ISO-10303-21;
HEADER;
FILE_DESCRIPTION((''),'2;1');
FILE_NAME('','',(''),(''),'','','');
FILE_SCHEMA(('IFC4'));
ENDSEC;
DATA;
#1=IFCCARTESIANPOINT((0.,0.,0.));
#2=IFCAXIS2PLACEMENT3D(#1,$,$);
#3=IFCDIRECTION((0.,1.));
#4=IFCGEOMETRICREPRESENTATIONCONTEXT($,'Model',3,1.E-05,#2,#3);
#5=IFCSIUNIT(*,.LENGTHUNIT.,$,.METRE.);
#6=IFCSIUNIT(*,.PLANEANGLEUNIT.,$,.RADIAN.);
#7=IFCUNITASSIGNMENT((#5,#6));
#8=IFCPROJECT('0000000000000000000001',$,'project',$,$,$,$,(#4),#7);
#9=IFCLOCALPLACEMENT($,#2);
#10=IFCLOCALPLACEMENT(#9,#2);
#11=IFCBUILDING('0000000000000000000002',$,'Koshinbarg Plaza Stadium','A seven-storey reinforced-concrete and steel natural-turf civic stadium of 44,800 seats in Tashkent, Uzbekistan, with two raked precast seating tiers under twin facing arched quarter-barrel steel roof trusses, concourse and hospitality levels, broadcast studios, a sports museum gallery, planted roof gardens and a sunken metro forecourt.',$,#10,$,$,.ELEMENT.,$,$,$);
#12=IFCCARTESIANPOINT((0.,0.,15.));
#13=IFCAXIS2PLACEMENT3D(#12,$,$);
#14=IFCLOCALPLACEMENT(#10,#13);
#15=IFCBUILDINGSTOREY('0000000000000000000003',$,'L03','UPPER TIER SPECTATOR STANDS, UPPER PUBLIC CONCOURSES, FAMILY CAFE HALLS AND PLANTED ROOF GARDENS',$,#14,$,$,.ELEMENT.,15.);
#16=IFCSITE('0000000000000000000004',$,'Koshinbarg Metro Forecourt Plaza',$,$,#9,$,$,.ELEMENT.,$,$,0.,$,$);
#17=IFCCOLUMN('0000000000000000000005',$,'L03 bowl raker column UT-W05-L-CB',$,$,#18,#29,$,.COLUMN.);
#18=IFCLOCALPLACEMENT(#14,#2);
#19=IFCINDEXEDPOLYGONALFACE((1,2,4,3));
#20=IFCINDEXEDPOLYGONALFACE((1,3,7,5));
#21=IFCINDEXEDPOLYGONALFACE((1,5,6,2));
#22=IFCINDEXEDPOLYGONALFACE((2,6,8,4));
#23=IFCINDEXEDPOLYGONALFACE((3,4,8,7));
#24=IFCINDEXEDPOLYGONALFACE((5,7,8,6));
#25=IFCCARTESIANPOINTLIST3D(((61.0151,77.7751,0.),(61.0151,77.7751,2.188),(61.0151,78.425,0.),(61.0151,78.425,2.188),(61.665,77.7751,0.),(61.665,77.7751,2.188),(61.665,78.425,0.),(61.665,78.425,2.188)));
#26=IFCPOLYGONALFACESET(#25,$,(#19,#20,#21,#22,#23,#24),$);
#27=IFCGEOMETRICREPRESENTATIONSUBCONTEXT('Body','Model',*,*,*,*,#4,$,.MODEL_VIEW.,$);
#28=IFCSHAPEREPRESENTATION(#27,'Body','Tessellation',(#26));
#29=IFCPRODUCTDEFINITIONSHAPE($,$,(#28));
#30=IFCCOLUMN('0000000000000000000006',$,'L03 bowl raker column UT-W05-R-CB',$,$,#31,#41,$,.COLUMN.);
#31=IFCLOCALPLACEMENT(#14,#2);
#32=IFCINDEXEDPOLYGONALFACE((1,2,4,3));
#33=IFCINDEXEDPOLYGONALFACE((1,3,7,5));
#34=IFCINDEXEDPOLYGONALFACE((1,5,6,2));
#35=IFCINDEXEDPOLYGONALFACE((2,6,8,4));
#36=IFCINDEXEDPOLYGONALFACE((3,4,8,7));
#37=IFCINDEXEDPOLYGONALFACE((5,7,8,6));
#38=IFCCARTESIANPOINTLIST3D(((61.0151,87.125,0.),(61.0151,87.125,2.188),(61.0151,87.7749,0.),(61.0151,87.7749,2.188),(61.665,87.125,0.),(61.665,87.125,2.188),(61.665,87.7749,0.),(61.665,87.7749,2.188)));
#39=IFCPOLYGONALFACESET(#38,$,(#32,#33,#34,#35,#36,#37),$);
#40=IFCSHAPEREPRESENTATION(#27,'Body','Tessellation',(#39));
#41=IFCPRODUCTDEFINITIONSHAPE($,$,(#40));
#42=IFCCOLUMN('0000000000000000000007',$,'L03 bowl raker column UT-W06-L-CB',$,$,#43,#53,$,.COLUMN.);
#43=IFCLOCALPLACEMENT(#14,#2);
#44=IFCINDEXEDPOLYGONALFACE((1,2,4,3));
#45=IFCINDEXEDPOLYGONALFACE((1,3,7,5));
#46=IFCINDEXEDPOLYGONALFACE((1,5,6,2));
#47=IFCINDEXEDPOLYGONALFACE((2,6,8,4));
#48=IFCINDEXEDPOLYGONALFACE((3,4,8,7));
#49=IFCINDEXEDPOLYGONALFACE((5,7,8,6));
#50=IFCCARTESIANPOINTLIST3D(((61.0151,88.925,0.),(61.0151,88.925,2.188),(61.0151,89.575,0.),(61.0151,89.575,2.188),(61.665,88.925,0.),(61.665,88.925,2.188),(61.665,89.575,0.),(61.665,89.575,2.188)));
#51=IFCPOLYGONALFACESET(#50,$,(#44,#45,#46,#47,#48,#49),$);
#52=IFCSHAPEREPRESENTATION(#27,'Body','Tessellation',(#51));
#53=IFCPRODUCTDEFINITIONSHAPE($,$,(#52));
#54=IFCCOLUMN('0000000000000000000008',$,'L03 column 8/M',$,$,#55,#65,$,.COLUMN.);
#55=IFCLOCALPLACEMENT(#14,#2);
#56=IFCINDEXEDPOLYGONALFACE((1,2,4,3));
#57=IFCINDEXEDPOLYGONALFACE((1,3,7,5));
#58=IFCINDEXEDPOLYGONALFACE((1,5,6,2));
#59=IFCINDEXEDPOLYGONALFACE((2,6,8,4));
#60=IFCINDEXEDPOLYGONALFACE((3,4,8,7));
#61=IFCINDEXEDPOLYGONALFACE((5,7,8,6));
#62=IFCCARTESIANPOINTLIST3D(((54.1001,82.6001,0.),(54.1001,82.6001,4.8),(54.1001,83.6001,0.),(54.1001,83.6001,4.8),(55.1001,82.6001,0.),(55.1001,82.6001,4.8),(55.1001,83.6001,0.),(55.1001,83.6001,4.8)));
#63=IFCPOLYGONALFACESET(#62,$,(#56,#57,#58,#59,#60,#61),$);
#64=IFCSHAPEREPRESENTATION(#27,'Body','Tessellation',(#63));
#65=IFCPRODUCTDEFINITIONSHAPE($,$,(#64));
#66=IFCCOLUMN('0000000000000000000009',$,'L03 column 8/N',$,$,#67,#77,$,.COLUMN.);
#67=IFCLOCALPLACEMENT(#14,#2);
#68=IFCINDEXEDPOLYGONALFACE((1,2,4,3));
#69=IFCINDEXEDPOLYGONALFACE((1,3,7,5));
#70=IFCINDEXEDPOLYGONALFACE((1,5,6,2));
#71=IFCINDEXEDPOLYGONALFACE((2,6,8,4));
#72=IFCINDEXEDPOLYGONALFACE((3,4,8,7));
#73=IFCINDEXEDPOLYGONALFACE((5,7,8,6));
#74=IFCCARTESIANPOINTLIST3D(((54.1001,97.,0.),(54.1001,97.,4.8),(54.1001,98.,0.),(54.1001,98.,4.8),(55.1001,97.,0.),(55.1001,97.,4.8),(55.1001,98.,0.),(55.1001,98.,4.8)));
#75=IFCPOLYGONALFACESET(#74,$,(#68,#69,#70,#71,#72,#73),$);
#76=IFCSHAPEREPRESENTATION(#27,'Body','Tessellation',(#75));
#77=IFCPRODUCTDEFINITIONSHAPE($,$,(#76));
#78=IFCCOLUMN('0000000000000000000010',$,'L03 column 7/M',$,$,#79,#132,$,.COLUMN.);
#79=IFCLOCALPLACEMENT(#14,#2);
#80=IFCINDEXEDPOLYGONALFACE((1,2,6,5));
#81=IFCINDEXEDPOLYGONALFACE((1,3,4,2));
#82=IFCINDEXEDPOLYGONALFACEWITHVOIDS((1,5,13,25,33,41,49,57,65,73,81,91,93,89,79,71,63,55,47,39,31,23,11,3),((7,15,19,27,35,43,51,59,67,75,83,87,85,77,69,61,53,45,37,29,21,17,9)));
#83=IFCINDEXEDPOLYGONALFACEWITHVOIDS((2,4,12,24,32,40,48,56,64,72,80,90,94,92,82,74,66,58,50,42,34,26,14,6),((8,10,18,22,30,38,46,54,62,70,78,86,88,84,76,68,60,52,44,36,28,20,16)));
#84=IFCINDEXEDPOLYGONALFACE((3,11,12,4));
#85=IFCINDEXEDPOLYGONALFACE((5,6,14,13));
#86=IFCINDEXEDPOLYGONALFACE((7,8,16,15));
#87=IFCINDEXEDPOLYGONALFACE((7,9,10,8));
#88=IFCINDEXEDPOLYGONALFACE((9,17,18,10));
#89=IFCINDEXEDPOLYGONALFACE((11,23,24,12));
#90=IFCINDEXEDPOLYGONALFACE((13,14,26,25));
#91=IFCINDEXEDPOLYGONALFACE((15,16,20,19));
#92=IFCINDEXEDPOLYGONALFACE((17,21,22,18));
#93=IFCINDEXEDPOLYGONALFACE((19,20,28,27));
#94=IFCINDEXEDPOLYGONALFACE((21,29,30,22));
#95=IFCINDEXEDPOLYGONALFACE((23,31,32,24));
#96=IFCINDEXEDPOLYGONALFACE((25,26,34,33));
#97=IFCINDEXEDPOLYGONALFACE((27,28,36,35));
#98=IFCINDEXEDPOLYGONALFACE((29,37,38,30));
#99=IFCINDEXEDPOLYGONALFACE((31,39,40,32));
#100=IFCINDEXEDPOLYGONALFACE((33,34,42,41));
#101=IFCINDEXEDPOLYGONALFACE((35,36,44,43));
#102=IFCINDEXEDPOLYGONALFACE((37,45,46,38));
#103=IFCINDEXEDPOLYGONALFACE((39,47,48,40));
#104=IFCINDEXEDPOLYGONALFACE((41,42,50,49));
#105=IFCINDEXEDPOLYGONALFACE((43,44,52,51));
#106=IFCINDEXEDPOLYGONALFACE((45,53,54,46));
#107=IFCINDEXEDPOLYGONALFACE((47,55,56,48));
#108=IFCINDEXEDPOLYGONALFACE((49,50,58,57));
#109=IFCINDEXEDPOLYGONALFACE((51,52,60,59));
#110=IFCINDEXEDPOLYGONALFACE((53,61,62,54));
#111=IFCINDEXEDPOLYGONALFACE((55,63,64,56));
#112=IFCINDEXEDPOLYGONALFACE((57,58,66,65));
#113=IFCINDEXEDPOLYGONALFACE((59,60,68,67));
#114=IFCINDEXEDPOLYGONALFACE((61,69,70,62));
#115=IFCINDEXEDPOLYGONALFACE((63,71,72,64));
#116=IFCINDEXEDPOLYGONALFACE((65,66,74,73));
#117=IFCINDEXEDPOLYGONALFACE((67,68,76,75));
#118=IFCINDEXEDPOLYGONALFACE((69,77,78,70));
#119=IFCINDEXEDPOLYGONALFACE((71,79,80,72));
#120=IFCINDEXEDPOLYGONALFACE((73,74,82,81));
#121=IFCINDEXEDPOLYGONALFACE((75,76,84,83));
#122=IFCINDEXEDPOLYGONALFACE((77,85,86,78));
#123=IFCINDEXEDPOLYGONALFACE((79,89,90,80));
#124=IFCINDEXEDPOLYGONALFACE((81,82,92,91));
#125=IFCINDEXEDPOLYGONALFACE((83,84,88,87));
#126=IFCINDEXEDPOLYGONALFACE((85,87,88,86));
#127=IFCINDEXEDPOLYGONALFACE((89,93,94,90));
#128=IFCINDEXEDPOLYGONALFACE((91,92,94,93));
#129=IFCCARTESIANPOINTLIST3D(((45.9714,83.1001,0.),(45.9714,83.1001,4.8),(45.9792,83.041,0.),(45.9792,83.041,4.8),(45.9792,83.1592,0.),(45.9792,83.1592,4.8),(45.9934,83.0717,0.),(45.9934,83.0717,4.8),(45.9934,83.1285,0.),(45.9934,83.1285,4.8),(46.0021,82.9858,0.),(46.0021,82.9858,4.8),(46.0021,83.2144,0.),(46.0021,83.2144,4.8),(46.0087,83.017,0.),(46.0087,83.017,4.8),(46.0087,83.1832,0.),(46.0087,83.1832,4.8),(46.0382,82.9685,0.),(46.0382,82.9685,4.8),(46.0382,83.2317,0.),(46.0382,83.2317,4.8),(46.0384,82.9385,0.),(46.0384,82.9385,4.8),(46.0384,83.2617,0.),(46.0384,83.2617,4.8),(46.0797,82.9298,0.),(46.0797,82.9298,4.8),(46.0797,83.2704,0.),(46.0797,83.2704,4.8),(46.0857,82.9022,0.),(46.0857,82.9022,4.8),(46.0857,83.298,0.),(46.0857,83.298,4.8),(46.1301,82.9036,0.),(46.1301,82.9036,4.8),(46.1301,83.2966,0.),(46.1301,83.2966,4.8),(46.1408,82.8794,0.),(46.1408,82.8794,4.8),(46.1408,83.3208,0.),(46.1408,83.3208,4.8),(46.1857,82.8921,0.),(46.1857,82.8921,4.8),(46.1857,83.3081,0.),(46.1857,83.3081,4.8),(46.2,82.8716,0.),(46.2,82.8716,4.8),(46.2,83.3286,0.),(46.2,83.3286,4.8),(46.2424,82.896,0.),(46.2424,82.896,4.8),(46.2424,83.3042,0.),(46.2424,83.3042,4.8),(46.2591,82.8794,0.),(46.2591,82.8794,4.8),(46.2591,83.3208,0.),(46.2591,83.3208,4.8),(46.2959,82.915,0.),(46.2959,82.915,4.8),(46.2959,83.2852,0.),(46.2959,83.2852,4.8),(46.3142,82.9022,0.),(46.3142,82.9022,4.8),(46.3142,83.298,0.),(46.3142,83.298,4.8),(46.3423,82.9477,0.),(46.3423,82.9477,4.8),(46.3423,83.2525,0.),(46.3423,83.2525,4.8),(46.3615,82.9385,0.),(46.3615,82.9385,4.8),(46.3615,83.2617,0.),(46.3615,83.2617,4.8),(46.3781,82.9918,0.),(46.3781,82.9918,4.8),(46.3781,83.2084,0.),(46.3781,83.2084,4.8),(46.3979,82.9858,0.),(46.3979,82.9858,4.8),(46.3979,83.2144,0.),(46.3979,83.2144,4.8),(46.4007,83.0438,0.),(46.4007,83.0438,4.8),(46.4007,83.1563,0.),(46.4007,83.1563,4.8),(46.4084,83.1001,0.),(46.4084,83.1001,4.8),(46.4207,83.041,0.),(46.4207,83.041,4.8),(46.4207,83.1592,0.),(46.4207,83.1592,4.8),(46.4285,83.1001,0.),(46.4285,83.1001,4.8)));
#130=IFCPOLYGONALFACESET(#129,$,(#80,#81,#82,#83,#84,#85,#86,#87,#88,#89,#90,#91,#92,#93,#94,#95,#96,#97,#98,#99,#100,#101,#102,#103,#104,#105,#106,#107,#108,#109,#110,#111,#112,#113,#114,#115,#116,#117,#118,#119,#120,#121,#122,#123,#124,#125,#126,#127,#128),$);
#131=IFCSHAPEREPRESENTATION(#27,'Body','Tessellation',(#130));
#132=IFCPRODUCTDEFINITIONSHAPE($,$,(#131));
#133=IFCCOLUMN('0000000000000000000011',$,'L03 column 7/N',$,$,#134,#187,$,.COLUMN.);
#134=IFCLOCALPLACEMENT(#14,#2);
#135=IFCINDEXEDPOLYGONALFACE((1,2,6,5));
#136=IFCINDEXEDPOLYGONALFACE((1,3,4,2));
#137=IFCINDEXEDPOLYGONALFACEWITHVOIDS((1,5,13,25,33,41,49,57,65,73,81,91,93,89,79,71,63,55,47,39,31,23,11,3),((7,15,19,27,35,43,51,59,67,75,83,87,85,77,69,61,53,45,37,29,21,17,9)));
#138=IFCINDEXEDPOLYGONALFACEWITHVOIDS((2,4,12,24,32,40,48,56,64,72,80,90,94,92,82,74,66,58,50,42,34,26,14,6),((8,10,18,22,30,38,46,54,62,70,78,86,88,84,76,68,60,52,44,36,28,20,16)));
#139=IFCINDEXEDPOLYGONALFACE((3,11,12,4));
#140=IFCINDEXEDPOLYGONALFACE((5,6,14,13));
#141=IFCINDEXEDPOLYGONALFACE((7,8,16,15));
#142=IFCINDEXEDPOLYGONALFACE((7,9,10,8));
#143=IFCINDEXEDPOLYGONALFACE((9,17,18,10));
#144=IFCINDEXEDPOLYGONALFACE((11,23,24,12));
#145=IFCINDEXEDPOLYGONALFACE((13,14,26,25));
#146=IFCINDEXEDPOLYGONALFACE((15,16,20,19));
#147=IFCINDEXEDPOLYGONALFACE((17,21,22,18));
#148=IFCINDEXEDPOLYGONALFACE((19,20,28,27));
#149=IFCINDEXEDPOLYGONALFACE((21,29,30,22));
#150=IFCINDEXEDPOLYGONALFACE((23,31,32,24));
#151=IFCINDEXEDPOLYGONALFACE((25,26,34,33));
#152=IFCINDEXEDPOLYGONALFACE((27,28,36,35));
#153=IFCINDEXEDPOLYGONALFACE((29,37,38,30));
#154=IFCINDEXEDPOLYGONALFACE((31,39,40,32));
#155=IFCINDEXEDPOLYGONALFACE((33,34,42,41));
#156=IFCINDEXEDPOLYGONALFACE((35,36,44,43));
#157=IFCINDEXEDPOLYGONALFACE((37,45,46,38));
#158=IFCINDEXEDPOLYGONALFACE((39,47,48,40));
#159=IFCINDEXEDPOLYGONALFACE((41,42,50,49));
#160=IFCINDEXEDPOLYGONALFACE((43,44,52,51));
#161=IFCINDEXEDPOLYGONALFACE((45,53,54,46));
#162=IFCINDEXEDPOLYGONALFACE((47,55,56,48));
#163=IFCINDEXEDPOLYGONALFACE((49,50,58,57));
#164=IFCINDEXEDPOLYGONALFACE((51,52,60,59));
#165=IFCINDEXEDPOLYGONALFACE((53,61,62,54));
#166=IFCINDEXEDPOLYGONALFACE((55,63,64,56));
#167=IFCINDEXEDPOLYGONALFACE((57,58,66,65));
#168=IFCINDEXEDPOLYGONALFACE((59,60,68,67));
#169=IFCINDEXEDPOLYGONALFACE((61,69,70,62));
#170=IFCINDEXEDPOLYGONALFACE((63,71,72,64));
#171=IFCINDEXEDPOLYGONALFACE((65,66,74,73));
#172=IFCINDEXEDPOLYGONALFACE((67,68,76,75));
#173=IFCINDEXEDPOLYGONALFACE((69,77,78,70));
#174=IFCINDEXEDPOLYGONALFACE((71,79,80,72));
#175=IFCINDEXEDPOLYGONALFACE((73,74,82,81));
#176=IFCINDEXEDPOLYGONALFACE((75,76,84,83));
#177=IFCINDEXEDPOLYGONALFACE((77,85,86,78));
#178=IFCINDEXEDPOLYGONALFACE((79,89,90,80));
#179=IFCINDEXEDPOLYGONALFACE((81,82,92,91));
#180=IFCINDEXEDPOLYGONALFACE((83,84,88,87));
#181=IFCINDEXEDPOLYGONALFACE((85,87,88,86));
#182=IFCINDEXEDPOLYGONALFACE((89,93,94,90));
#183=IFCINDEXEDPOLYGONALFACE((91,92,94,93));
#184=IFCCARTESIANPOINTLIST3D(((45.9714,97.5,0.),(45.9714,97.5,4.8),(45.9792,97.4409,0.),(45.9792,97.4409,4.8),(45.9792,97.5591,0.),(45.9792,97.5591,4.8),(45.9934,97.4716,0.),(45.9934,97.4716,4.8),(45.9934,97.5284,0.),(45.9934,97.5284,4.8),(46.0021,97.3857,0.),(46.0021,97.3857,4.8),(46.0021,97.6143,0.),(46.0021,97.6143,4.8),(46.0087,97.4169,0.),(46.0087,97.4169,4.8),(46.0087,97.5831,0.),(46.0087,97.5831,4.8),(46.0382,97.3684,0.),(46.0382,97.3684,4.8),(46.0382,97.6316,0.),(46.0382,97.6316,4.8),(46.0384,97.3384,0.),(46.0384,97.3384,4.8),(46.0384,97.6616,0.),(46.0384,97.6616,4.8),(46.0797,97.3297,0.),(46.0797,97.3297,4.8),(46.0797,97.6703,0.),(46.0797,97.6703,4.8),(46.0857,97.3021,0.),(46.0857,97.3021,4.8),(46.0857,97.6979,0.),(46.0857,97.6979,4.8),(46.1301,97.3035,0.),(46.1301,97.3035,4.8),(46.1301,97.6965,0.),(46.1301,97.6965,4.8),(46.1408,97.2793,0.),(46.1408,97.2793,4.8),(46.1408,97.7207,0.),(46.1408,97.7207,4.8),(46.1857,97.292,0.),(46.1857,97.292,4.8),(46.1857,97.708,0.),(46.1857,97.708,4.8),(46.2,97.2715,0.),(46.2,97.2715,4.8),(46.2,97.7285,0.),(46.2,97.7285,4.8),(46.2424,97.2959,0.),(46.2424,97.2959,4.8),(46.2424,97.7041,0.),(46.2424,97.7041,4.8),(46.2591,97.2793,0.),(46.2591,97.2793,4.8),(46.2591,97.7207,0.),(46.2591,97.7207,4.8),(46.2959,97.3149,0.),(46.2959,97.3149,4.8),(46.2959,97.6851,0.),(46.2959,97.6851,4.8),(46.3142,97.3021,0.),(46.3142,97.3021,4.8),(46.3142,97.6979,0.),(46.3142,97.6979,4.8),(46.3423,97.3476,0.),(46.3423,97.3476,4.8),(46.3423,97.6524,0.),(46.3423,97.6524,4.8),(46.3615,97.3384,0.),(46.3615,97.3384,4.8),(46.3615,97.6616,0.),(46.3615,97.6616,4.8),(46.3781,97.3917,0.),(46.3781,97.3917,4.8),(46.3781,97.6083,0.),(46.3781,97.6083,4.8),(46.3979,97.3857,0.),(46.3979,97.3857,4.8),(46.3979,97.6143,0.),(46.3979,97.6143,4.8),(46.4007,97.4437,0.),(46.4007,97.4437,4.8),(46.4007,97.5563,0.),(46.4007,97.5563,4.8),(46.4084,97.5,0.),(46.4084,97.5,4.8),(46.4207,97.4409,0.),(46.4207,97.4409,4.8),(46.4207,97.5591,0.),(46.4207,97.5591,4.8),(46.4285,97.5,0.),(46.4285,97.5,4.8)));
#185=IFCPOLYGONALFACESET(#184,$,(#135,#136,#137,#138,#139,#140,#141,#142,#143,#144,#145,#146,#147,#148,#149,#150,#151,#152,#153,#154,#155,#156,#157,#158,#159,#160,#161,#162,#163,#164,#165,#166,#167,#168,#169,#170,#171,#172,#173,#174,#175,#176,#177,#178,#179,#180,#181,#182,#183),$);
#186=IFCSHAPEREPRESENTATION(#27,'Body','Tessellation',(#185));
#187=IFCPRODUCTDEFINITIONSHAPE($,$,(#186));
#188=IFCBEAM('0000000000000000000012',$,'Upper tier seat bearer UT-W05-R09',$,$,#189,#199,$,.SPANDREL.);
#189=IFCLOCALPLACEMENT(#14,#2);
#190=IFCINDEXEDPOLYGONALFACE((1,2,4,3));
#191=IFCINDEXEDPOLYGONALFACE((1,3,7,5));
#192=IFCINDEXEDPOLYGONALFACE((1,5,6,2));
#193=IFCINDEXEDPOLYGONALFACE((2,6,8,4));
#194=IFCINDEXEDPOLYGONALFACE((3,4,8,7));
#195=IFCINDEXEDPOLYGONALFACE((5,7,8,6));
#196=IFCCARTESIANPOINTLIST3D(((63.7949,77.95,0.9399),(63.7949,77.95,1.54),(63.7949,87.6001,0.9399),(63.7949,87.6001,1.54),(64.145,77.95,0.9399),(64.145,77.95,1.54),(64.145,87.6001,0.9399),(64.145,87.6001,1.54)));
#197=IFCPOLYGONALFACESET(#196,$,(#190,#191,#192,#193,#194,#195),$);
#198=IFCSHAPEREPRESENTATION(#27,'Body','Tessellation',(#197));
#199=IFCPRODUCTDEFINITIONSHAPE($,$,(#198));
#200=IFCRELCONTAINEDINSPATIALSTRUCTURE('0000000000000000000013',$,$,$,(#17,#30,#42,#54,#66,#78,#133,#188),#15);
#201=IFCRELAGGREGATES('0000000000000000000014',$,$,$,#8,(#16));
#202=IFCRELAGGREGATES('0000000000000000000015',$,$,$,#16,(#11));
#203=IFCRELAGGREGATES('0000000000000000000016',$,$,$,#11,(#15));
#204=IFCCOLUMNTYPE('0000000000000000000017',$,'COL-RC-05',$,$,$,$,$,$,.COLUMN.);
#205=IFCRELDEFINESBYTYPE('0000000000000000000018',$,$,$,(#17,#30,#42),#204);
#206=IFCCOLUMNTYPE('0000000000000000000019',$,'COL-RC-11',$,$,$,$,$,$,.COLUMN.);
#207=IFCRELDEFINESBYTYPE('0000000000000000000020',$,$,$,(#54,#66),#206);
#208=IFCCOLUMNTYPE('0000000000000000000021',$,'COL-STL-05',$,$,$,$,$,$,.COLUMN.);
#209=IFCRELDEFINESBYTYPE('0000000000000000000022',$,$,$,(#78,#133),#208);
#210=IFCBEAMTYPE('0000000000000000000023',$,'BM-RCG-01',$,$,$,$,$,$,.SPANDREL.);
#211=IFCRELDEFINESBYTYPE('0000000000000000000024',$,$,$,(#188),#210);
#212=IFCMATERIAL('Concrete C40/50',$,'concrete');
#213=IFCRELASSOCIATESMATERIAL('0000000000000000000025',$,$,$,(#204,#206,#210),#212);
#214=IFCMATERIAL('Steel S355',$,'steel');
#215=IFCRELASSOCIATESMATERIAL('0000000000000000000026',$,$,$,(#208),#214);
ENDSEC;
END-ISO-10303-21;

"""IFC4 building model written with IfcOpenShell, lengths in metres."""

from ifc_helpers import new_model, si_unit, direction, frame, origin, origin_2d, place, context, subcontext, project, spatial, rectangle, hollow_circle, extrude, material, material_profile, profile_set, type_object, element, save


model = new_model("IFC4")

# Units and contexts
model_context = context("Model", 3, precision=1e-05, world=origin(), true_north=direction((0.0, 1.0)))
body_context = subcontext(model_context, "Body", "Model", "MODEL_VIEW")
ifc_project = project(units=[si_unit("LENGTHUNIT", "METRE"), si_unit("PLANEANGLEUNIT", "RADIAN")], contexts=[model_context])

# Site, building, storey
site_placement = place(None, origin())
site = spatial("IfcSite", under=ifc_project, at=site_placement, Name="Koshinbarg Metro Forecourt Plaza", CompositionType="ELEMENT", RefElevation=0.0)
building_placement = place(site_placement, origin())
building = spatial("IfcBuilding", under=site, at=building_placement, Name="Koshinbarg Plaza Stadium", Description="A seven-storey reinforced-concrete and steel natural-turf civic stadium of 44,800 seats in Tashkent, Uzbekistan, with two raked precast seating tiers under twin facing arched quarter-barrel steel roof trusses, concourse and hospitality levels, broadcast studios, a sports museum gallery, planted roof gardens and a sunken metro forecourt.", CompositionType="ELEMENT")
storey_placement = place(building_placement, frame((0.0, 0.0, 15.0)))
storey = spatial("IfcBuildingStorey", under=building, at=storey_placement, Name="L03", Description="UPPER TIER SPECTATOR STANDS, UPPER PUBLIC CONCOURSES, FAMILY CAFE HALLS AND PLANTED ROOF GARDENS", CompositionType="ELEMENT", Elevation=15.0)

# Columns
ifc_material_1 = material(Name="Concrete C40/50", Category="concrete")
ifc_material_profile_1 = material_profile(ifc_material_1, rectangle(XDim=0.6499, YDim=0.6499, at=origin_2d()), Name="RC 650x650")
ifc_profile_set_1 = profile_set([ifc_material_profile_1], Name="Concrete C40/50")
column_type_1 = type_object("IfcColumnType", Name="COL-RC-05", PredefinedType="COLUMN", material=ifc_profile_set_1)
for number, where, z_axis, x_axis, name in (
    (1, (61.3401, 78.1001, 0.0), (0.0, 0.0, 1.0), (1.0, 0.0, 0.0), "L03 bowl raker column UT-W05-L-CB"),
    (2, (61.3401, 87.45, 0.0), (0.0, 0.0, 1.0), (1.0, 0.0, 0.0), "L03 bowl raker column UT-W05-R-CB"),
    (3, (61.3401, 89.25, 0.0), (0.0, 0.0, 1.0), (1.0, 0.0, 0.0), "L03 bowl raker column UT-W06-L-CB"),
):
    element("IfcColumn", number, at=place(storey_placement, frame(where, z_axis=z_axis, x_axis=x_axis)), inside=storey, type_object=column_type_1, Name=name, PredefinedType="COLUMN", context=body_context, shape_type="SweptSolid", body=[
        extrude(rectangle(XDim=0.6499, YDim=0.6499, at=origin_2d()), origin(), (0.0, 0.0, 1.0), 2.188),
    ])
ifc_material_profile_2 = material_profile(ifc_material_1, rectangle(XDim=1.0, YDim=1.0, at=origin_2d()), Name="RC 1000x1000")
ifc_profile_set_2 = profile_set([ifc_material_profile_2], Name="Concrete C40/50")
column_type_2 = type_object("IfcColumnType", Name="COL-RC-11", PredefinedType="COLUMN", material=ifc_profile_set_2)
for number, where, z_axis, x_axis, name in (
    (4, (54.6001, 83.1001, 0.0), (0.0, 0.0, 1.0), (1.0, 0.0, 0.0), "L03 column 8/M"),
    (5, (54.6001, 97.5, 0.0), (0.0, 0.0, 1.0), (1.0, 0.0, 0.0), "L03 column 8/N"),
):
    element("IfcColumn", number, at=place(storey_placement, frame(where, z_axis=z_axis, x_axis=x_axis)), inside=storey, type_object=column_type_2, Name=name, PredefinedType="COLUMN", context=body_context, shape_type="SweptSolid", body=[
        extrude(rectangle(XDim=1.0, YDim=1.0, at=origin_2d()), origin(), (0.0, 0.0, 1.0), 4.8),
    ])
ifc_material_2 = material(Name="Steel S355", Category="steel")
ifc_material_profile_3 = material_profile(ifc_material_2, hollow_circle(Radius=0.2285, WallThickness=0.02, at=origin_2d()), Name="CHS 457x20")
ifc_profile_set_3 = profile_set([ifc_material_profile_3], Name="Steel S355")
column_type_3 = type_object("IfcColumnType", Name="COL-STL-05", PredefinedType="COLUMN", material=ifc_profile_set_3)
for number, where, z_axis, x_axis, name in (
    (6, (46.2, 83.1001, 0.0), (0.0, 0.0, 1.0), (1.0, 0.0, 0.0), "L03 column 7/M"),
    (7, (46.2, 97.5, 0.0), (0.0, 0.0, 1.0), (1.0, 0.0, 0.0), "L03 column 7/N"),
):
    element("IfcColumn", number, at=place(storey_placement, frame(where, z_axis=z_axis, x_axis=x_axis)), inside=storey, type_object=column_type_3, Name=name, PredefinedType="COLUMN", context=body_context, shape_type="SweptSolid", body=[
        extrude(hollow_circle(Radius=0.2285, WallThickness=0.02, at=origin_2d()), origin(), (0.0, 0.0, 1.0), 4.8),
    ])

# Beam
ifc_material_profile_4 = material_profile(ifc_material_1, rectangle(XDim=0.3501, YDim=0.6001, at=origin_2d()), Name="RC 350x600")
ifc_profile_set_4 = profile_set([ifc_material_profile_4], Name="Concrete C40/50")
beam_type_1 = type_object("IfcBeamType", Name="BM-RCG-01", PredefinedType="SPANDREL", material=ifc_profile_set_4)
for number, where, z_axis, x_axis, name in (
    (8, (63.97, 77.95, 1.24), (0.0, 1.0, 0.0), (-1.0, 0.0, 0.0), "Upper tier seat bearer UT-W05-R09"),
):
    element("IfcBeam", number, at=place(storey_placement, frame(where, z_axis=z_axis, x_axis=x_axis)), inside=storey, type_object=beam_type_1, Name=name, PredefinedType="SPANDREL", context=body_context, shape_type="SweptSolid", body=[
        extrude(rectangle(XDim=0.3501, YDim=0.6001, at=origin_2d()), origin(), (0.0, 0.0, 1.0), 9.6501),
    ])

save(model, "model.ifc")
